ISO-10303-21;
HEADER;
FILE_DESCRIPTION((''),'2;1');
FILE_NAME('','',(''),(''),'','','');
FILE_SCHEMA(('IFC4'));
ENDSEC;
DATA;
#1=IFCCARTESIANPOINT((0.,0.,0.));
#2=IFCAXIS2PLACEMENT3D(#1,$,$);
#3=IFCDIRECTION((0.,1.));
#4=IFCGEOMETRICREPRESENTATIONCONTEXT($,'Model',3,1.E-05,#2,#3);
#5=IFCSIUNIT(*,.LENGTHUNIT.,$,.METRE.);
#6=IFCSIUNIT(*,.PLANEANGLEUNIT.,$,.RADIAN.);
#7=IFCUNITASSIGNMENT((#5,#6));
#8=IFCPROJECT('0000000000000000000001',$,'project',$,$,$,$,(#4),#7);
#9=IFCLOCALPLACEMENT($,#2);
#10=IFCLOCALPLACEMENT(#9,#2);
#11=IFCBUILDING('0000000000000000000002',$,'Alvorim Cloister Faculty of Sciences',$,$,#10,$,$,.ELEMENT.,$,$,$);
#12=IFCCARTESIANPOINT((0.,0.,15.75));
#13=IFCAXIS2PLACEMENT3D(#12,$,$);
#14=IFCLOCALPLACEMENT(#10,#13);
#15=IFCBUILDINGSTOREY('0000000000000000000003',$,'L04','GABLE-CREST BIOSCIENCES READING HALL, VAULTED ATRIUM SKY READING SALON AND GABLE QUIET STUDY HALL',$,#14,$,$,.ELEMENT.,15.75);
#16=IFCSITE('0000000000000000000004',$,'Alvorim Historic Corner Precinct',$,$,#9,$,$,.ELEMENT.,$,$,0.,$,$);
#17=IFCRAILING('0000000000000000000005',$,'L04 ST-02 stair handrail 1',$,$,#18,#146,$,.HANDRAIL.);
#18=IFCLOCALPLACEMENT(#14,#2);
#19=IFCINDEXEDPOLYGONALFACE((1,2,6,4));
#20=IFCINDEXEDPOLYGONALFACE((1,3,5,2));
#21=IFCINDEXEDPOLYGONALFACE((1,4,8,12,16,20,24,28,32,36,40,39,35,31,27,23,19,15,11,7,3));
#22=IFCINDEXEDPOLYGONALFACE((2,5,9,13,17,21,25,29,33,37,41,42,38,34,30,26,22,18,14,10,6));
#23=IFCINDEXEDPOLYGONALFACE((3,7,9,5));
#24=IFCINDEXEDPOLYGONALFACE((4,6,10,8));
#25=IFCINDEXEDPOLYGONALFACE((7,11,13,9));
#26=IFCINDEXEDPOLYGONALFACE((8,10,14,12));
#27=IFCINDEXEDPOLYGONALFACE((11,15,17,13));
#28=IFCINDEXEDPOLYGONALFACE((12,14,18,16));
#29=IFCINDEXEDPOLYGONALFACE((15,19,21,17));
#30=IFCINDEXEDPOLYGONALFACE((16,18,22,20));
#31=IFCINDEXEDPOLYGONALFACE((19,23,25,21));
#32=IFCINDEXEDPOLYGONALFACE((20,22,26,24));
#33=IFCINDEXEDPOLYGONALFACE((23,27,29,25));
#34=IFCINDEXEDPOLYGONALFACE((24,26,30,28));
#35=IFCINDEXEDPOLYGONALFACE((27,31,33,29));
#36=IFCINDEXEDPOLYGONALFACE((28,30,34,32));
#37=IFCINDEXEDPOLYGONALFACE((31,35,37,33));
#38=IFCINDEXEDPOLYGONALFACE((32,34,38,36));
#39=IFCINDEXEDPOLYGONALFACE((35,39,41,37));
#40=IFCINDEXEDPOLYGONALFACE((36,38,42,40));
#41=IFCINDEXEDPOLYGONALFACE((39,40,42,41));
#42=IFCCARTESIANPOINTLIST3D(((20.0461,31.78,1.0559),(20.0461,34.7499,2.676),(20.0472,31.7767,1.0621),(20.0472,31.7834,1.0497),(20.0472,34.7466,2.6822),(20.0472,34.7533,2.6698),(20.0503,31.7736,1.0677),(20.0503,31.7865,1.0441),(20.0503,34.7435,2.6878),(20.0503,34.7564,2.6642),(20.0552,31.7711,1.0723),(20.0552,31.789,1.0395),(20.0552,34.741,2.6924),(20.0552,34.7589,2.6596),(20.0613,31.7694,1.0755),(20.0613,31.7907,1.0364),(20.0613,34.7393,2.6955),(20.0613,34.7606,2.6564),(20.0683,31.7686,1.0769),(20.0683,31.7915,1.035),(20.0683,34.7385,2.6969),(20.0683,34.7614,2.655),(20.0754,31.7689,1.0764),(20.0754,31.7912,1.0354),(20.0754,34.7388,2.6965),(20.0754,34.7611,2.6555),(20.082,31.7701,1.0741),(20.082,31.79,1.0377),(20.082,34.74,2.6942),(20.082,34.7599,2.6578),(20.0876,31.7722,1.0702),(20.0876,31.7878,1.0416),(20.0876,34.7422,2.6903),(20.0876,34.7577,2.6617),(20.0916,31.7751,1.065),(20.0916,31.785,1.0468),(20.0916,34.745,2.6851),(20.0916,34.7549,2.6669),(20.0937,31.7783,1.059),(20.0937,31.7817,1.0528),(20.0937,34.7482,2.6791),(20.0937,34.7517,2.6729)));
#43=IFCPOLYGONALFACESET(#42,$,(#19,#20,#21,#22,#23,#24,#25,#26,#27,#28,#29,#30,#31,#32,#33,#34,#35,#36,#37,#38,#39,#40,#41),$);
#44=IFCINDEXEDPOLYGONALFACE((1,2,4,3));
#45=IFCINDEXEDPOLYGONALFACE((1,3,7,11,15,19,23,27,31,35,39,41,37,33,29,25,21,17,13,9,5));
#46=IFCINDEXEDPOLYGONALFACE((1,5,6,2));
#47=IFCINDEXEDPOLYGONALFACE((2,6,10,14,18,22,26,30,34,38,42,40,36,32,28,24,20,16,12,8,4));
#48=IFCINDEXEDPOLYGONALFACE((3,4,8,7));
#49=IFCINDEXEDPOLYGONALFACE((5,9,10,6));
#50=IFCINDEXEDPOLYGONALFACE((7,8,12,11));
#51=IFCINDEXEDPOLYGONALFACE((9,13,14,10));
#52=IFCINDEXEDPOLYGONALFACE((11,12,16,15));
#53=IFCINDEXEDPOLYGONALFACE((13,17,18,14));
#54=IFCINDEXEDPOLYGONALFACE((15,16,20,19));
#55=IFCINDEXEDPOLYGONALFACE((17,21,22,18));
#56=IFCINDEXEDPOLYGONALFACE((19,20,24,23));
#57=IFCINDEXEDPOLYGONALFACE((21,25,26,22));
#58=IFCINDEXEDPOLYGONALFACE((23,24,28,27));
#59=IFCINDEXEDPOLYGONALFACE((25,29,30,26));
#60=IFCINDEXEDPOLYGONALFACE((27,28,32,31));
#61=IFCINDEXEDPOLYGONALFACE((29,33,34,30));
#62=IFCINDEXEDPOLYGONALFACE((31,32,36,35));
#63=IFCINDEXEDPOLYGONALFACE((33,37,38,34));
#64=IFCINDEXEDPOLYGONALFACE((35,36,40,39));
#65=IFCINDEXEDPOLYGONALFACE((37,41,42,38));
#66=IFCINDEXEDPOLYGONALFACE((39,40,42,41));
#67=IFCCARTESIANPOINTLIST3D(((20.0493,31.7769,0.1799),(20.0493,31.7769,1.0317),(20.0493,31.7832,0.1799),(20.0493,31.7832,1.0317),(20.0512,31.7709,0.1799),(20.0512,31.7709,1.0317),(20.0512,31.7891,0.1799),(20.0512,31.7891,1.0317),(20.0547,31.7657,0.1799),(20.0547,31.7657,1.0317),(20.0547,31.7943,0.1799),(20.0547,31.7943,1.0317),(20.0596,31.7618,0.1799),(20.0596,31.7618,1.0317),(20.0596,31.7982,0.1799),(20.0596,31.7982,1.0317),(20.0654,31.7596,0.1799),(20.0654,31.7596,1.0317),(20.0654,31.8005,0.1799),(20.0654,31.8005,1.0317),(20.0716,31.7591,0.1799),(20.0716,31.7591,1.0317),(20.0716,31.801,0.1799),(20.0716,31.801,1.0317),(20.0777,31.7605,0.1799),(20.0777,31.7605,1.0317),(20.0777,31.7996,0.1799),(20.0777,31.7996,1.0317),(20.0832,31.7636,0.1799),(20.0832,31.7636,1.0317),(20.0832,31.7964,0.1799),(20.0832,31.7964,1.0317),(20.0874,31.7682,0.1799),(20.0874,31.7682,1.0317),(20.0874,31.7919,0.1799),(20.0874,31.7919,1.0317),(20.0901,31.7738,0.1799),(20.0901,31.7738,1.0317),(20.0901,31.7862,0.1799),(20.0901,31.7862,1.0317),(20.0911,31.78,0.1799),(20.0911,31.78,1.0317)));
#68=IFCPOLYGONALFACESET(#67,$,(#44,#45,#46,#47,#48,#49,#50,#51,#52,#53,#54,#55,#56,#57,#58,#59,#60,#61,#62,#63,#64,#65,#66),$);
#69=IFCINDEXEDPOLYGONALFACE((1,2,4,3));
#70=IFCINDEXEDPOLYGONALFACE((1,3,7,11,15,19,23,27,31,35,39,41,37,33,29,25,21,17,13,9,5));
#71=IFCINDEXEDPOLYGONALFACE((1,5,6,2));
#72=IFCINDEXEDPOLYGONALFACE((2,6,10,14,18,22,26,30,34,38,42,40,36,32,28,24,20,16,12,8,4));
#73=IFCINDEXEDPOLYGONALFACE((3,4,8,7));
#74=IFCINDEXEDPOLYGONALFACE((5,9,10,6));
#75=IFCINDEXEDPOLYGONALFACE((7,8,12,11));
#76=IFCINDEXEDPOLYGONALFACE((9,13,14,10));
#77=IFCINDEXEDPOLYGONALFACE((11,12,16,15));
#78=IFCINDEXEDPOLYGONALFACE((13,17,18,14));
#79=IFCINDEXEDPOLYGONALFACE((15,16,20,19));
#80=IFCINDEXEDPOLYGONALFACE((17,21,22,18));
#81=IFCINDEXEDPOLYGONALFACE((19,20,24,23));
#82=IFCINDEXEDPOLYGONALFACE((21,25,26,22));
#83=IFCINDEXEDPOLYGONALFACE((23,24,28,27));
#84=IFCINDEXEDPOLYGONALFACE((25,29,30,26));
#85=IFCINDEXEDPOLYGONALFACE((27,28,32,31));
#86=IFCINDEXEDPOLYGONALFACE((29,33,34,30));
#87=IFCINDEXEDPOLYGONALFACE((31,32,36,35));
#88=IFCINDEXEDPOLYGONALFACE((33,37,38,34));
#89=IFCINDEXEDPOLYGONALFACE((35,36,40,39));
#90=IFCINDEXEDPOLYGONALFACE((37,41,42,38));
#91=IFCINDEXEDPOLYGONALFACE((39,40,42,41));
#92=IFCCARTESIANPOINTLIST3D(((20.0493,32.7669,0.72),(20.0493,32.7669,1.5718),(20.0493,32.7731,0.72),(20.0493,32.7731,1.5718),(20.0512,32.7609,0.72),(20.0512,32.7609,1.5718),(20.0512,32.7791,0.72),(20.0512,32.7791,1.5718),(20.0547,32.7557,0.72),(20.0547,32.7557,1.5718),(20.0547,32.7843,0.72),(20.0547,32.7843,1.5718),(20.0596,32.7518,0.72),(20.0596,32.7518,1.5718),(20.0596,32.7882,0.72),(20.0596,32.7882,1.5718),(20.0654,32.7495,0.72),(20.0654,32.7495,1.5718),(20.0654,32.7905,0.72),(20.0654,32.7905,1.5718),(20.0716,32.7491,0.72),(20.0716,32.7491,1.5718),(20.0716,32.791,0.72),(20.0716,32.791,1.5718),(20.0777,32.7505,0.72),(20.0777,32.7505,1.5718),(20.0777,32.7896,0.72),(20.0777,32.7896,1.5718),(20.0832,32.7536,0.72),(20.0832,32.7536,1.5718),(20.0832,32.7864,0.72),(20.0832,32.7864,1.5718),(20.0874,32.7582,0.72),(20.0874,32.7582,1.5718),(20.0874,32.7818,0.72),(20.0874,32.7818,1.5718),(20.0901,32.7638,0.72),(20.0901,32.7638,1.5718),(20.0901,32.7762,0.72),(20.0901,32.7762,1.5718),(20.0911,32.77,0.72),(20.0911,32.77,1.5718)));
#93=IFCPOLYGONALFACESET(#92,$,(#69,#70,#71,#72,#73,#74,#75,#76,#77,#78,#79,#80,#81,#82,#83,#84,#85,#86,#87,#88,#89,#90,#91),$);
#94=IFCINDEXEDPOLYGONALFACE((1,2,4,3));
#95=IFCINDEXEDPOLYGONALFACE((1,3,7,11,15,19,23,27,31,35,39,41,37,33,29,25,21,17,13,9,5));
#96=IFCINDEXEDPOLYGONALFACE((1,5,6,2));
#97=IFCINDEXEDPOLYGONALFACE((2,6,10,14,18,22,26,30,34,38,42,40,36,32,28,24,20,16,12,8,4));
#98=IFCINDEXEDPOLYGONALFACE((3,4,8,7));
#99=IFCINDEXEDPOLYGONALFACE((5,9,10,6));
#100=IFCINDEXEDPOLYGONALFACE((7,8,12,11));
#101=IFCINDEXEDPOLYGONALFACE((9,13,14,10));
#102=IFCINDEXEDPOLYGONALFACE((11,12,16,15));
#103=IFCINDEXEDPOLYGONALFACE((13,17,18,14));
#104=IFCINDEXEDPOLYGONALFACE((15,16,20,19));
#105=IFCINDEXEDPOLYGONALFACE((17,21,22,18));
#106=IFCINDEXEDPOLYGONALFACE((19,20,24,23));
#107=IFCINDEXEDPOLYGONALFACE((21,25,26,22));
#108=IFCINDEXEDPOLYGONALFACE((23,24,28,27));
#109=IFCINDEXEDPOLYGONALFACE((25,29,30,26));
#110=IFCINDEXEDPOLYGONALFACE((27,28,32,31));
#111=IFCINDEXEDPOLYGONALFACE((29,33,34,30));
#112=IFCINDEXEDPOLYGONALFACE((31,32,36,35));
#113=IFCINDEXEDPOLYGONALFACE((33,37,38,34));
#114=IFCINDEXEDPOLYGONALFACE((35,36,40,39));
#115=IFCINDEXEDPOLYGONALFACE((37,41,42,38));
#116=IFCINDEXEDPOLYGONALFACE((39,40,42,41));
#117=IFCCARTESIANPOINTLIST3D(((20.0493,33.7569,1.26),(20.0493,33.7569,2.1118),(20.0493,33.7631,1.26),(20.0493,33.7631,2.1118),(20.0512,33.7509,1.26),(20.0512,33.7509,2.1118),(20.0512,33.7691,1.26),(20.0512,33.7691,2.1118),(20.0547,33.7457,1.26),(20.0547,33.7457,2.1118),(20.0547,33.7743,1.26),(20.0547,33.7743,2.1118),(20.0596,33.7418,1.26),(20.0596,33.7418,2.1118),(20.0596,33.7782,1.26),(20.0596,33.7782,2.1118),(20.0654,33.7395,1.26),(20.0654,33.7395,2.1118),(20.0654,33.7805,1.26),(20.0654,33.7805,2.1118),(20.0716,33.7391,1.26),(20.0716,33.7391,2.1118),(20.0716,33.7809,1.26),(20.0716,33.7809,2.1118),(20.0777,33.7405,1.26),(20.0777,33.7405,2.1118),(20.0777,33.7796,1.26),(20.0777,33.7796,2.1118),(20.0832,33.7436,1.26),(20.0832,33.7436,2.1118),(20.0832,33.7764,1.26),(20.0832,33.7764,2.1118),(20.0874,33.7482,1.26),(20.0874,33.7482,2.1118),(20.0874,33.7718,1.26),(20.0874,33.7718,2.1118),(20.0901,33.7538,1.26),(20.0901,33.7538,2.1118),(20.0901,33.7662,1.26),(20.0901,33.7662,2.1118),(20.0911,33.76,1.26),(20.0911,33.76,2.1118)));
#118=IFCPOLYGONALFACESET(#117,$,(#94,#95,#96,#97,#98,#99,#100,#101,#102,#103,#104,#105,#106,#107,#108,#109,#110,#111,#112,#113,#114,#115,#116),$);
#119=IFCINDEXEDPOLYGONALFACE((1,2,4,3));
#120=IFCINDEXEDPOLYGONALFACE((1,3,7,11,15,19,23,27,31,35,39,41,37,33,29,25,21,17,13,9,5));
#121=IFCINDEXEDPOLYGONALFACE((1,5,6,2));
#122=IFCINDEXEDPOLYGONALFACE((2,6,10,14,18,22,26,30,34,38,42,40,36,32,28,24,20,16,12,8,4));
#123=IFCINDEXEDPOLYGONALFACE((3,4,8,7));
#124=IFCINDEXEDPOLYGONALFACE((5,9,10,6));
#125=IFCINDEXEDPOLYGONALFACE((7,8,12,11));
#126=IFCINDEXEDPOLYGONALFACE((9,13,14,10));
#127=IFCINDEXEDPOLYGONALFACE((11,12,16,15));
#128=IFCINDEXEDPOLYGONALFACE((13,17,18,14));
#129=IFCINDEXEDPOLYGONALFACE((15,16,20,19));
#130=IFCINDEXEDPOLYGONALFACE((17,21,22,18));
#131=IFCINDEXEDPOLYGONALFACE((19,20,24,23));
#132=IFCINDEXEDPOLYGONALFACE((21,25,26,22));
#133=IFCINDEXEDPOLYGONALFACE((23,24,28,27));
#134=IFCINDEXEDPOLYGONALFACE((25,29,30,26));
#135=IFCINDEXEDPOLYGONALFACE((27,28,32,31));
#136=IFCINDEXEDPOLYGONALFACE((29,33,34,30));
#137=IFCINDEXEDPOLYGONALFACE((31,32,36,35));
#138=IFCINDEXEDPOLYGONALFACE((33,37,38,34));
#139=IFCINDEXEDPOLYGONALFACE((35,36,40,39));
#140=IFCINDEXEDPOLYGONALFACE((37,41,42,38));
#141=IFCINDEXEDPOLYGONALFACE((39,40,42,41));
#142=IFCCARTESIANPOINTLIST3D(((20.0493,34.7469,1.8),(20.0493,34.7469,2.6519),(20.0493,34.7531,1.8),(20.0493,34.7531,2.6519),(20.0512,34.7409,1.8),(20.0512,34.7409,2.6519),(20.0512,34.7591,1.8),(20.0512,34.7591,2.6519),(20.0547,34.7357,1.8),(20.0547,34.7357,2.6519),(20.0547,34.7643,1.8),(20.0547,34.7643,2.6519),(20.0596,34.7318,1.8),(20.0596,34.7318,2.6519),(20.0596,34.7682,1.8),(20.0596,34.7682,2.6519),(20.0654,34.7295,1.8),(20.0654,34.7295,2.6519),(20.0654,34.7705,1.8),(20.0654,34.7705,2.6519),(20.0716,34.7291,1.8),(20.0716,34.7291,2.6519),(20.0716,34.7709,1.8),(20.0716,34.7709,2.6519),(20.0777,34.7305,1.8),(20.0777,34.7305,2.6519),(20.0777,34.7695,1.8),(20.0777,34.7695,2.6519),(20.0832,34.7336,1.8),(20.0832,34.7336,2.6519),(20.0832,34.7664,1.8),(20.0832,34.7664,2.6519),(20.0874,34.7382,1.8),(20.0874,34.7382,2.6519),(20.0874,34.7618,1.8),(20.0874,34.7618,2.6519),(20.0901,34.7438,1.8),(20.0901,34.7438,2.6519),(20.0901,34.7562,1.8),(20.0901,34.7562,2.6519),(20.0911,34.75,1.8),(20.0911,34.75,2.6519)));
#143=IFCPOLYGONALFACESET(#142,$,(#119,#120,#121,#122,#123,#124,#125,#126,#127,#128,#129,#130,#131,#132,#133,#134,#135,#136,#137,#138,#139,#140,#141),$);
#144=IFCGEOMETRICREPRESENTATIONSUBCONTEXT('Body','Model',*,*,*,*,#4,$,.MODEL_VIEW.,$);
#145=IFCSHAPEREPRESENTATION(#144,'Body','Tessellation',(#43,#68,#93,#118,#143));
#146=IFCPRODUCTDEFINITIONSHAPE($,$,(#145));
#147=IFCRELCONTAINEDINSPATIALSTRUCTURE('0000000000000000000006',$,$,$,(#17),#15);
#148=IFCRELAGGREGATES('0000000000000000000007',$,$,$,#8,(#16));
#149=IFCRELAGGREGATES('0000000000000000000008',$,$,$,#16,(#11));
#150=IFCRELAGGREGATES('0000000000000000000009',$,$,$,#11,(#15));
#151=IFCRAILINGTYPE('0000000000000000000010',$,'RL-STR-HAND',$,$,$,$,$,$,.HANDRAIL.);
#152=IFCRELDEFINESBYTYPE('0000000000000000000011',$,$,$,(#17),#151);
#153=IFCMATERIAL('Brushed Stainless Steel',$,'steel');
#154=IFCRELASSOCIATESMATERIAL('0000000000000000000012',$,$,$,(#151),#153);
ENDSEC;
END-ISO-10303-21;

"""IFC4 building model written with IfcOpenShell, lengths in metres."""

from ifc_helpers import new_model, si_unit, direction, frame, origin, origin_2d, place, context, subcontext, project, spatial, circle, extrude, material, type_object, element, save


model = new_model("IFC4")

# Units and contexts
model_context = context("Model", 3, precision=1e-05, world=origin(), true_north=direction((0.0, 1.0)))
body_context = subcontext(model_context, "Body", "Model", "MODEL_VIEW")
ifc_project = project(units=[si_unit("LENGTHUNIT", "METRE"), si_unit("PLANEANGLEUNIT", "RADIAN")], contexts=[model_context])

# Site, building, storey
site_placement = place(None, origin())
site = spatial("IfcSite", under=ifc_project, at=site_placement, Name="Alvorim Historic Corner Precinct", CompositionType="ELEMENT", RefElevation=0.0)
building_placement = place(site_placement, origin())
building = spatial("IfcBuilding", under=site, at=building_placement, Name="Alvorim Cloister Faculty of Sciences", CompositionType="ELEMENT")
storey_placement = place(building_placement, frame((0.0, 0.0, 15.75)))
storey = spatial("IfcBuildingStorey", under=building, at=storey_placement, Name="L04", Description="GABLE-CREST BIOSCIENCES READING HALL, VAULTED ATRIUM SKY READING SALON AND GABLE QUIET STUDY HALL", CompositionType="ELEMENT", Elevation=15.75)

# Shared definitions
ifc_material_1 = material(Name="Brushed Stainless Steel", Category="steel")

# Railing
railing_type_1 = type_object("IfcRailingType", Name="RL-STR-HAND", PredefinedType="HANDRAIL", material=ifc_material_1)
railing_1_placement = place(storey_placement, frame((20.0701, 31.78, 0.1799)))
element("IfcRailing", 1, at=railing_1_placement, inside=storey, type_object=railing_type_1, Name="L04 ST-02 stair handrail 1", PredefinedType="HANDRAIL", context=body_context, shape_type="SweptSolid", body=[
    extrude(circle(Radius=0.0239, at=origin_2d()), frame((0.0, 0.0, 0.876), z_axis=(0.0, 0.877879, 0.478882), x_axis=(-1.0, 0.0, 0.0)), (0.0, 0.0, 1.0), 3.3831),
    extrude(circle(Radius=0.021, at=origin_2d()), origin(), (0.0, 0.0, 1.0), 0.8518),
    extrude(circle(Radius=0.021, at=origin_2d()), frame((0.0, 0.99, 0.54)), (0.0, 0.0, 1.0), 0.8518),
    extrude(circle(Radius=0.021, at=origin_2d()), frame((0.0, 1.98, 1.0801)), (0.0, 0.0, 1.0), 0.8518),
    extrude(circle(Radius=0.021, at=origin_2d()), frame((0.0, 2.97, 1.6201)), (0.0, 0.0, 1.0), 0.8518),
])

save(model, "model.ifc")
